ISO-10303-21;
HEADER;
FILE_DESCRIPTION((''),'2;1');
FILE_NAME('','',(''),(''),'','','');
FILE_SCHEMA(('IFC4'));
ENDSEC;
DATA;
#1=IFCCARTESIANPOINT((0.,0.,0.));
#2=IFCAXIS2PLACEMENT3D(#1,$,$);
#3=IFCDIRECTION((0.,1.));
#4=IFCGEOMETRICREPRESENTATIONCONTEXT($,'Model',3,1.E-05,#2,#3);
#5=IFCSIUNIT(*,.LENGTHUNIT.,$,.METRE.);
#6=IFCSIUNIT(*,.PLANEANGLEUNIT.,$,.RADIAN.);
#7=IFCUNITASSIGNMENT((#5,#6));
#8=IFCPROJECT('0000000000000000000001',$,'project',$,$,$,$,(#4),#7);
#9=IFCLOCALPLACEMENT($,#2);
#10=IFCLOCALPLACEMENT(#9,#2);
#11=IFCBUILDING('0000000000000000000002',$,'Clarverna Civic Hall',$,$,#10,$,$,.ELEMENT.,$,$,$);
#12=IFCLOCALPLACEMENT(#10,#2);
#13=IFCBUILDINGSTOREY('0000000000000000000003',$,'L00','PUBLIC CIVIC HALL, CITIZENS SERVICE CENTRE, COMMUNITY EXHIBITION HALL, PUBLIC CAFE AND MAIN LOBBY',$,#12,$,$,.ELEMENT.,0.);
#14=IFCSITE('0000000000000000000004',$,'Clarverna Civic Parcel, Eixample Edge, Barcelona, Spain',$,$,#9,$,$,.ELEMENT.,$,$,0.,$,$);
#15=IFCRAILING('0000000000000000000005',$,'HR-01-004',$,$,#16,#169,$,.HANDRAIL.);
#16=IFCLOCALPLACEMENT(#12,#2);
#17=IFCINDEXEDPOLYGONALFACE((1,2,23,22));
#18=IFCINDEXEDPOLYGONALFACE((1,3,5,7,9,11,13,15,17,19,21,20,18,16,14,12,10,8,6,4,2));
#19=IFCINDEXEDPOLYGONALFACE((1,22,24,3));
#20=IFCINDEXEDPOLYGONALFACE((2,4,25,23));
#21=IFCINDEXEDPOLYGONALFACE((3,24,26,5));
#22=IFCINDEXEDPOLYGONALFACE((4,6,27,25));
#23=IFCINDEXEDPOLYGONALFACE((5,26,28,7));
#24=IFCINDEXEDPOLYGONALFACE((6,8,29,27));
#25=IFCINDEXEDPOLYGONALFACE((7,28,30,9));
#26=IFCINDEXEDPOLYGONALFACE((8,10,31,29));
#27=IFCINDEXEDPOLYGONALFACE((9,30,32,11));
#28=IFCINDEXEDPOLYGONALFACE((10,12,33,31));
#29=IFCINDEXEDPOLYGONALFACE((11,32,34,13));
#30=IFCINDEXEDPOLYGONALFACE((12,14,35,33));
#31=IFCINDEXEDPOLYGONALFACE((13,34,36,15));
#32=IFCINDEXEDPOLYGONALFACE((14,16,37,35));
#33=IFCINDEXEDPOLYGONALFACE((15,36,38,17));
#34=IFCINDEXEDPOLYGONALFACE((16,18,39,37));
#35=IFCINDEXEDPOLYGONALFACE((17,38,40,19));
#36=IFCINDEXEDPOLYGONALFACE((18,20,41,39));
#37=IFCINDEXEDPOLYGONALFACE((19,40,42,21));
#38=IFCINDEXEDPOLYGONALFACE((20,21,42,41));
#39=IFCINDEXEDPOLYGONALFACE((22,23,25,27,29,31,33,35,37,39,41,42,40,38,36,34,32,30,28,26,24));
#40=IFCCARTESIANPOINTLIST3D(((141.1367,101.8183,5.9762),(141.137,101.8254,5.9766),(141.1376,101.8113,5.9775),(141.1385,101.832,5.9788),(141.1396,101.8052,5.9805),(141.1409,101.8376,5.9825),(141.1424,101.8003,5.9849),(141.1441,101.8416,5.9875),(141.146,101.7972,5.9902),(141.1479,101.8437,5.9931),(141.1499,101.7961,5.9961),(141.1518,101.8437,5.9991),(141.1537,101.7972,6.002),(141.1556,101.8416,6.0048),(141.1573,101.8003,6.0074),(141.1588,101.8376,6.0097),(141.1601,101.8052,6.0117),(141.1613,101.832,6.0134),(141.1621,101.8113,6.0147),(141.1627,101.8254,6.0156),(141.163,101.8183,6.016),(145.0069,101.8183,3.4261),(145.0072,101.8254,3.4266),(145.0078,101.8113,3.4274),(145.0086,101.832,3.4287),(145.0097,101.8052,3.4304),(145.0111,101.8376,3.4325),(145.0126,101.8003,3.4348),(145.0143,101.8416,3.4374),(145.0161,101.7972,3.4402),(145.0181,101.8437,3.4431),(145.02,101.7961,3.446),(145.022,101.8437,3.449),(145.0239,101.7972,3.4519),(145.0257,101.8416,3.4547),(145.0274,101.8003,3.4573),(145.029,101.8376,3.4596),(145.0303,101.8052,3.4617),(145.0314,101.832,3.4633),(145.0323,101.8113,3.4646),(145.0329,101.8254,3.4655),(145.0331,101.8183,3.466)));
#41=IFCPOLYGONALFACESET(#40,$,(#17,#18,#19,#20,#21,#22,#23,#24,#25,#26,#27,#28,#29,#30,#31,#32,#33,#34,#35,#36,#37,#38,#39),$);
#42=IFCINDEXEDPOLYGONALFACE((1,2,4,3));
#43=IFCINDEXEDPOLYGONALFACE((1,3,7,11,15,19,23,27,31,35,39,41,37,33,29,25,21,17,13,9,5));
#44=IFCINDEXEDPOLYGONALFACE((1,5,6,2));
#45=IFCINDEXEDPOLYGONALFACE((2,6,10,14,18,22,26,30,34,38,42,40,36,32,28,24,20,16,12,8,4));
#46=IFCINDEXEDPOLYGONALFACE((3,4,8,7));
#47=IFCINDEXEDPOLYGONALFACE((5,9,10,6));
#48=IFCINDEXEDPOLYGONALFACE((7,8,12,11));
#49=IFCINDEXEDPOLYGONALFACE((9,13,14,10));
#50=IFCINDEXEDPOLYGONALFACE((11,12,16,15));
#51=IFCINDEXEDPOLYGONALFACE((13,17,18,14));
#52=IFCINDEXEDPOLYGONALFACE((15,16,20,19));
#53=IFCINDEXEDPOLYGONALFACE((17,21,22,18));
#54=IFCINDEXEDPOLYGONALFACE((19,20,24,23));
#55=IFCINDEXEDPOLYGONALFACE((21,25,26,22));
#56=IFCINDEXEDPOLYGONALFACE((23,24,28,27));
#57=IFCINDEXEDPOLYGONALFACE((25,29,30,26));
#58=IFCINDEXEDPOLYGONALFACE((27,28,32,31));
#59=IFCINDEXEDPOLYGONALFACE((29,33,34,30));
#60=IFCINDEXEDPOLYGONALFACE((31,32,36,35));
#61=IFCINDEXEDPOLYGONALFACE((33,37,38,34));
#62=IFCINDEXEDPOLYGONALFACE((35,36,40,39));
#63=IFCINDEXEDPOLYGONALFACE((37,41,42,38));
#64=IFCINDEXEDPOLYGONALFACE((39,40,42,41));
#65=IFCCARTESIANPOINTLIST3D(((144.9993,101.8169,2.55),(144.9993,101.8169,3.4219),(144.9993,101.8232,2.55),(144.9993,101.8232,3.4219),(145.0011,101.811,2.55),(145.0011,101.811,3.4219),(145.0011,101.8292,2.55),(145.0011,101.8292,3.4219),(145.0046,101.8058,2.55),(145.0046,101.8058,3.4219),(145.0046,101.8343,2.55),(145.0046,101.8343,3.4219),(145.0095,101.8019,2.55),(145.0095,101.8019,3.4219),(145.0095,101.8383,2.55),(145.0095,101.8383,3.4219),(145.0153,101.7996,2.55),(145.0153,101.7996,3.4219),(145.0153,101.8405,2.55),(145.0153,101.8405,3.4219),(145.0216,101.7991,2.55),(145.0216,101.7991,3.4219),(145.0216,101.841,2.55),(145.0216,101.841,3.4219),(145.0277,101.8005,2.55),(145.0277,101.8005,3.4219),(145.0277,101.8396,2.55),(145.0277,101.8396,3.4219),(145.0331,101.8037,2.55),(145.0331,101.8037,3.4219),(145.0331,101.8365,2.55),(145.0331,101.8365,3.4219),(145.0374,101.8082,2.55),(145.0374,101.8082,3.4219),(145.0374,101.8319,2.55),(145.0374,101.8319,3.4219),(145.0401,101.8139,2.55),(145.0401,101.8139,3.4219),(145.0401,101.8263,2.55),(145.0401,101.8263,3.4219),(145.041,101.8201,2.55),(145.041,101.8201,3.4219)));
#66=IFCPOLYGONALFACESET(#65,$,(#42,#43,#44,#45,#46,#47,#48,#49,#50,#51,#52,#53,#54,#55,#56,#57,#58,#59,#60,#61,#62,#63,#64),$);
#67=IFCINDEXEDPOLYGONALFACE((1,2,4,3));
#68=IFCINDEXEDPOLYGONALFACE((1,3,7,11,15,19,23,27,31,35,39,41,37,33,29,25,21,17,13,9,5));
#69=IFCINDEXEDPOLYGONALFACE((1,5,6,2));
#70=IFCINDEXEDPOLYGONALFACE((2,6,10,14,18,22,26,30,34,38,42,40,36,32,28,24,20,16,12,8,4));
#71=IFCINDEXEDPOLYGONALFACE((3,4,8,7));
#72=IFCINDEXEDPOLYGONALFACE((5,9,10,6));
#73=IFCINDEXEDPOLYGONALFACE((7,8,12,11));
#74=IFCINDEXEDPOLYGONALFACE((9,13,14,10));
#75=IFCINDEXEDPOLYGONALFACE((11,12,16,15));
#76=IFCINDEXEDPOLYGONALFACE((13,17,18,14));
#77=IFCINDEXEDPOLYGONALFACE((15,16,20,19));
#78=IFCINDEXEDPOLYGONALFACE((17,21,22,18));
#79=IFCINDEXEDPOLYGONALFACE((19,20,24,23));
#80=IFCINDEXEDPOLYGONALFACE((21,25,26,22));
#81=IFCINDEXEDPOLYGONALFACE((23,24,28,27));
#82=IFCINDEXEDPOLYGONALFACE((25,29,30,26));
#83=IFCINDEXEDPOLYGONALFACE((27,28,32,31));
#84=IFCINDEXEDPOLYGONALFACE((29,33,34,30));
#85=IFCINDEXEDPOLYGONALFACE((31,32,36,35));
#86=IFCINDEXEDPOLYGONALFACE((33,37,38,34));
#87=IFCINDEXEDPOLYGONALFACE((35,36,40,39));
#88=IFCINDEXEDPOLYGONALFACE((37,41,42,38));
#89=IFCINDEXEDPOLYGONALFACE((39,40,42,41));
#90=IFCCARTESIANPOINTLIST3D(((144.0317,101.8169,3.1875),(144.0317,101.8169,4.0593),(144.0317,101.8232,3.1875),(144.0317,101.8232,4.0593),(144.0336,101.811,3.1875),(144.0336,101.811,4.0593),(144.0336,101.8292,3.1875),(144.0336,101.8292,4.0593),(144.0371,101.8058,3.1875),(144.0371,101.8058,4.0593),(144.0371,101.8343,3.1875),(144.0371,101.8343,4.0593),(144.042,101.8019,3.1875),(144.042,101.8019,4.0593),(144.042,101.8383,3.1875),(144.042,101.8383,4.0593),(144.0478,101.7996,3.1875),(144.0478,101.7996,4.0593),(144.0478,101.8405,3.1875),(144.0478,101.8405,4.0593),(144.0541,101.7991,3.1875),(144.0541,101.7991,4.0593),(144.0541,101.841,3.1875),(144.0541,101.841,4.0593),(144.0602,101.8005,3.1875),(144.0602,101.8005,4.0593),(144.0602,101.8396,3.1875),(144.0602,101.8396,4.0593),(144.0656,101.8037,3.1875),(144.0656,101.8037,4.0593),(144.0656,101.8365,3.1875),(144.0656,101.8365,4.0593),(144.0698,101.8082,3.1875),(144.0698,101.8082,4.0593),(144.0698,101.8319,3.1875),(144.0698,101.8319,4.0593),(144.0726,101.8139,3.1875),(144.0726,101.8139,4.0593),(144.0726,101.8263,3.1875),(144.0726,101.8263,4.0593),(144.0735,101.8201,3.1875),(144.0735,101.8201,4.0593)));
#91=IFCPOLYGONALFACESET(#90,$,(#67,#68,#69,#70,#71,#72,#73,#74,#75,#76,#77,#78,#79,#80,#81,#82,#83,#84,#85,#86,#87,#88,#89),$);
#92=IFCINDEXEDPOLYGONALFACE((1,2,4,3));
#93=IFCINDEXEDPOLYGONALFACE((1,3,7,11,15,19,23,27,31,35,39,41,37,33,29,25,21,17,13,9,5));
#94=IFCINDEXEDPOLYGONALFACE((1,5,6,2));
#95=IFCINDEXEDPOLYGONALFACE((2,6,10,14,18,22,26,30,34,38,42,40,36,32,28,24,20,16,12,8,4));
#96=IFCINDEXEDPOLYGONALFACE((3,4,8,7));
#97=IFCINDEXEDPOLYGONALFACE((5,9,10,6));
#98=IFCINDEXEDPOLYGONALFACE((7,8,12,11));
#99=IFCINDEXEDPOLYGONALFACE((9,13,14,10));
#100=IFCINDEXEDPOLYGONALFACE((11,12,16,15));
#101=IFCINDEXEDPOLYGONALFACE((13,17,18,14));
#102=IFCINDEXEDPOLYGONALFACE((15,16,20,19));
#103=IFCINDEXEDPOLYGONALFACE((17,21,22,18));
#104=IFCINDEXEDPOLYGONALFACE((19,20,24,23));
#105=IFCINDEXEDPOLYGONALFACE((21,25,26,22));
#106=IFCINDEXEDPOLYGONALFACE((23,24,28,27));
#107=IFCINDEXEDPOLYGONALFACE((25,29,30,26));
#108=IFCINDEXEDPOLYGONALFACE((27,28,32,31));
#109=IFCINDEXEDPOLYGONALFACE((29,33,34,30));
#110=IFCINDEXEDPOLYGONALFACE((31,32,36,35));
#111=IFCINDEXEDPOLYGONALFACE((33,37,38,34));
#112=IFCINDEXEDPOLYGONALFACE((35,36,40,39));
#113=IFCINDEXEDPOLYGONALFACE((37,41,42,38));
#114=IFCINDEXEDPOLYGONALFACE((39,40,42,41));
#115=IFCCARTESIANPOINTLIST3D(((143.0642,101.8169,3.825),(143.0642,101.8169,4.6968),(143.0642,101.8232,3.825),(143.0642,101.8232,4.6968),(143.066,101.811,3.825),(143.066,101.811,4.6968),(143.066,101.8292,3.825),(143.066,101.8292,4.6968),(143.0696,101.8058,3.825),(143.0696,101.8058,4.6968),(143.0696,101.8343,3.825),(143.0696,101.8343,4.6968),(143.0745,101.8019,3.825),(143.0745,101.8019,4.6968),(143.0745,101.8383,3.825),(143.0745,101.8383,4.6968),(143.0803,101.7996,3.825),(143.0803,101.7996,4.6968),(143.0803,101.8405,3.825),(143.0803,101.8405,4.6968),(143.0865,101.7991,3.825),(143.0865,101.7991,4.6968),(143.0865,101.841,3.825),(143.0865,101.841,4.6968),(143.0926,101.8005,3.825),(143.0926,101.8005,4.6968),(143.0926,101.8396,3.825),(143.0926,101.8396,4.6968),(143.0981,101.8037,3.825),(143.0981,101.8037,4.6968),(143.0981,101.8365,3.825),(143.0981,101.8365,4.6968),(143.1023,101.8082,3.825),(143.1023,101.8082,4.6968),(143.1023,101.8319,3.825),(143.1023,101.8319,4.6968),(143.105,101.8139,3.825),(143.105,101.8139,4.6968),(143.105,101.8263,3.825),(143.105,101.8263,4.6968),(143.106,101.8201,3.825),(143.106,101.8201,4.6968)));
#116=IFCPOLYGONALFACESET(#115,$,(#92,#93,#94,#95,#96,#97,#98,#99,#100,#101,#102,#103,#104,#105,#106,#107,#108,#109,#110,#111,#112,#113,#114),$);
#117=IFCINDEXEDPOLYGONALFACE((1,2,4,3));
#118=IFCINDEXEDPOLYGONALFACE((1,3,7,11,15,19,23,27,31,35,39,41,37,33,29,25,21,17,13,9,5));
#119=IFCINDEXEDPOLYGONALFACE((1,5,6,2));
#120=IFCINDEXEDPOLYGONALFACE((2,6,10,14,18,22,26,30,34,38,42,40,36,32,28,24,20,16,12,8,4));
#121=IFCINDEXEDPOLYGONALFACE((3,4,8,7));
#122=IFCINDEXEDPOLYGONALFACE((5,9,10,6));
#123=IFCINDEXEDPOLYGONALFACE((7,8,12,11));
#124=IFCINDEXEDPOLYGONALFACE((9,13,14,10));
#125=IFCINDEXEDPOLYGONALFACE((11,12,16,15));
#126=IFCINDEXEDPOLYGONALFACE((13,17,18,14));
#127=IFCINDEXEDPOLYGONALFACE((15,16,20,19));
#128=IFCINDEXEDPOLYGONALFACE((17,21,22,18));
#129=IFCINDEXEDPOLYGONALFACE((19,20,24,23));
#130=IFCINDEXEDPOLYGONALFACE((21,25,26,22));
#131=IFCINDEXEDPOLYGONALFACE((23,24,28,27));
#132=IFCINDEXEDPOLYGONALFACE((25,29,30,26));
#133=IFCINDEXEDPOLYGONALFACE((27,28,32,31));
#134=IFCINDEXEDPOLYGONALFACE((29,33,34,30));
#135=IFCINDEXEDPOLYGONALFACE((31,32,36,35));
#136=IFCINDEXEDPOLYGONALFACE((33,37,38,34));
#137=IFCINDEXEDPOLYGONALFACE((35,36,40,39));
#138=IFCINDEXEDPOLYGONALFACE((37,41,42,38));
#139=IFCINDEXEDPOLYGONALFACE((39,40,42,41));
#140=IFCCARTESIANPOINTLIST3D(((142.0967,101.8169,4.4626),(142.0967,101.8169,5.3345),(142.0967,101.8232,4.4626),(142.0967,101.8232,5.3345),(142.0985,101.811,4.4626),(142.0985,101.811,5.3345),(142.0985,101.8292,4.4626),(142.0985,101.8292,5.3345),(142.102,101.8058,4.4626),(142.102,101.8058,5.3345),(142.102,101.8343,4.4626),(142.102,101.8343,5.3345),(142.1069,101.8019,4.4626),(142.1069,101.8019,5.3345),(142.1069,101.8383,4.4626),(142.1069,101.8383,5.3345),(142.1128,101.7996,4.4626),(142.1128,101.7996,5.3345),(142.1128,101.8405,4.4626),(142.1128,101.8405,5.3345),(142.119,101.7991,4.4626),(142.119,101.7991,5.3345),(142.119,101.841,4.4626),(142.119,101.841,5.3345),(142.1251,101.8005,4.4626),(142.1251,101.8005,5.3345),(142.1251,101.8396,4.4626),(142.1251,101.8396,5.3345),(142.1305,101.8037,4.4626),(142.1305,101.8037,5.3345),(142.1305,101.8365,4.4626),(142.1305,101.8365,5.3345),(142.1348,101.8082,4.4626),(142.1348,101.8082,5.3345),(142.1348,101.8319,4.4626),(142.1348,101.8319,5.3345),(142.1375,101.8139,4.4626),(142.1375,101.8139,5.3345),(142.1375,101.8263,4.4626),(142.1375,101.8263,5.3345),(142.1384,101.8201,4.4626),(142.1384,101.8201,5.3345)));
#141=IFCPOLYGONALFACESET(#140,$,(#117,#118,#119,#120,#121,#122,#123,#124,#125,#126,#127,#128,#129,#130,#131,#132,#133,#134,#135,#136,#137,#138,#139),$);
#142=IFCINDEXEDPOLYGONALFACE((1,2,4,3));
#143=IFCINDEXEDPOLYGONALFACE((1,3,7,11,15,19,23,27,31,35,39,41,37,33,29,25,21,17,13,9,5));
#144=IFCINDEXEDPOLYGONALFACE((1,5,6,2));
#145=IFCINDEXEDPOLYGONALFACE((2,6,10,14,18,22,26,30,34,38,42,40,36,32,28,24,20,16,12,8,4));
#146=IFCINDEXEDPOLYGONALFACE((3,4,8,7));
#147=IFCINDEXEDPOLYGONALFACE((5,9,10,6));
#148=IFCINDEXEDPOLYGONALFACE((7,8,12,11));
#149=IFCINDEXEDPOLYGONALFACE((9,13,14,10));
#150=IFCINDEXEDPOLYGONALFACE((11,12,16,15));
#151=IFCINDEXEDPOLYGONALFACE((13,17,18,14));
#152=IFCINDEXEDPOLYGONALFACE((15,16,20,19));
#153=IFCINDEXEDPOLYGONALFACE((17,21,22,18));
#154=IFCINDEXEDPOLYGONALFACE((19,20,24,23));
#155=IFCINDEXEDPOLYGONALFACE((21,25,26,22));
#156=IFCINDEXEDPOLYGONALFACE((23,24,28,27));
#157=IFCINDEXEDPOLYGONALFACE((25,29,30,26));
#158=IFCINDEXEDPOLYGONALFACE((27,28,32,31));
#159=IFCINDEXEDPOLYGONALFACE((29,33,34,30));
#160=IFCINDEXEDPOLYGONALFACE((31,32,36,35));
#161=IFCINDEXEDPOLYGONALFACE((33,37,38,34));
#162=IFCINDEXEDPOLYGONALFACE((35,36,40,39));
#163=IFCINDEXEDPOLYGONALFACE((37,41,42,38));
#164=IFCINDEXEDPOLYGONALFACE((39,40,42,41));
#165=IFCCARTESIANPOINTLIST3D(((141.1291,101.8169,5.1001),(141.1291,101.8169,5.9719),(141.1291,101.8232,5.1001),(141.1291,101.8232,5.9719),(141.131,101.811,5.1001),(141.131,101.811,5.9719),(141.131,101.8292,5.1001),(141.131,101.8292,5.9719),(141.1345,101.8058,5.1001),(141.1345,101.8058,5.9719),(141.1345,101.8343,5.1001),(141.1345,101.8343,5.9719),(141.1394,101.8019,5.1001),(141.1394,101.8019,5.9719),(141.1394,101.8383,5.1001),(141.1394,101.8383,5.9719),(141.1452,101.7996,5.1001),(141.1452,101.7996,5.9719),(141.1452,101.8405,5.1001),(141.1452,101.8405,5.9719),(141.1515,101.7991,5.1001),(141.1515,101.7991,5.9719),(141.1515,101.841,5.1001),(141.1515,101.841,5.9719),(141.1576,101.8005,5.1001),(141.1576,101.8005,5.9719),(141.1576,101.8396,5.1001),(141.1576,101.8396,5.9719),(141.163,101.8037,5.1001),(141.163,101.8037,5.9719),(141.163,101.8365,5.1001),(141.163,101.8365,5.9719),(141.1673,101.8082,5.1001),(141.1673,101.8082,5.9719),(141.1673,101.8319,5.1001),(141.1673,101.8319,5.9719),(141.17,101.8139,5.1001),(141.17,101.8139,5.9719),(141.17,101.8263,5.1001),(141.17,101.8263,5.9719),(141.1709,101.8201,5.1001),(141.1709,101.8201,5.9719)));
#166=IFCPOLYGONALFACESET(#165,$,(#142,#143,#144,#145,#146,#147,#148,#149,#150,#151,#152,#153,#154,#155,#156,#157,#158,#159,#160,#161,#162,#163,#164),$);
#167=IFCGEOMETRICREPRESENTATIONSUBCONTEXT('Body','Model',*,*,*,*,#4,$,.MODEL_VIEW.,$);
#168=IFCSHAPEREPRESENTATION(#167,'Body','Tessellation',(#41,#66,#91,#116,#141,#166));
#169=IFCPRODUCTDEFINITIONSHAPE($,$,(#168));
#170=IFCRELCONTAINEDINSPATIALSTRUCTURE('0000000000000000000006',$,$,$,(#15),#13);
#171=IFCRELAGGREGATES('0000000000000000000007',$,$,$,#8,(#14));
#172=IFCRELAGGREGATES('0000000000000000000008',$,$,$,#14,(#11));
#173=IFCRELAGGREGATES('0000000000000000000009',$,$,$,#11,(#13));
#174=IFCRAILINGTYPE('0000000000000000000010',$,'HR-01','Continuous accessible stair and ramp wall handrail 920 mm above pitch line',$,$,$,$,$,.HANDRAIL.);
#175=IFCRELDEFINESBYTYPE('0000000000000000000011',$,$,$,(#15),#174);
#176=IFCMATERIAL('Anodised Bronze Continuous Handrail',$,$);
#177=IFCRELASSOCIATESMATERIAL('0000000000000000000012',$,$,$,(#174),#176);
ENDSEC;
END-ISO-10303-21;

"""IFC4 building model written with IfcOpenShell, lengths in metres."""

from ifc_helpers import new_model, si_unit, direction, frame, origin, origin_2d, place, context, subcontext, project, spatial, circle, extrude, material, type_object, element, save


model = new_model("IFC4")

# Units and contexts
model_context = context("Model", 3, precision=1e-05, world=origin(), true_north=direction((0.0, 1.0)))
body_context = subcontext(model_context, "Body", "Model", "MODEL_VIEW")
ifc_project = project(units=[si_unit("LENGTHUNIT", "METRE"), si_unit("PLANEANGLEUNIT", "RADIAN")], contexts=[model_context])

# Site, building, storey
site_placement = place(None, origin())
site = spatial("IfcSite", under=ifc_project, at=site_placement, Name="Clarverna Civic Parcel, Eixample Edge, Barcelona, Spain", CompositionType="ELEMENT", RefElevation=0.0)
building_placement = place(site_placement, origin())
building = spatial("IfcBuilding", under=site, at=building_placement, Name="Clarverna Civic Hall", CompositionType="ELEMENT")
storey_placement = place(building_placement, origin())
storey = spatial("IfcBuildingStorey", under=building, at=storey_placement, Name="L00", Description="PUBLIC CIVIC HALL, CITIZENS SERVICE CENTRE, COMMUNITY EXHIBITION HALL, PUBLIC CAFE AND MAIN LOBBY", CompositionType="ELEMENT", Elevation=0.0)

# Railing
ifc_material_1 = material(Name="Anodised Bronze Continuous Handrail")
railing_type = type_object("IfcRailingType", Name="HR-01", Description="Continuous accessible stair and ramp wall handrail 920 mm above pitch line", PredefinedType="HANDRAIL", material=ifc_material_1)
railing_placement = place(storey_placement, frame((145.02, 101.8201, 2.55)))
element("IfcRailing", 1, at=railing_placement, inside=storey, type_object=railing_type, Name="HR-01-004", PredefinedType="HANDRAIL", context=body_context, shape_type="SweptSolid", body=[
    extrude(circle(Radius=0.0239, at=origin_2d()), frame((0.0, 0.0, 0.896), z_axis=(-0.835029, 0.0, 0.550207), x_axis=(0.0, -1.0, 0.0)), (0.0, 0.0, 1.0), 4.6348),
    extrude(circle(Radius=0.021, at=origin_2d()), origin(), (0.0, 0.0, 1.0), 0.8718),
    extrude(circle(Radius=0.021, at=origin_2d()), frame((-0.9675, 0.0, 0.6375)), (0.0, 0.0, 1.0), 0.8718),
    extrude(circle(Radius=0.021, at=origin_2d()), frame((-1.9351, 0.0, 1.2749)), (0.0, 0.0, 1.0), 0.8718),
    extrude(circle(Radius=0.021, at=origin_2d()), frame((-2.9026, 0.0, 1.9126)), (0.0, 0.0, 1.0), 0.8718),
    extrude(circle(Radius=0.021, at=origin_2d()), frame((-3.8701, 0.0, 2.55)), (0.0, 0.0, 1.0), 0.8718),
])

save(model, "model.ifc")
